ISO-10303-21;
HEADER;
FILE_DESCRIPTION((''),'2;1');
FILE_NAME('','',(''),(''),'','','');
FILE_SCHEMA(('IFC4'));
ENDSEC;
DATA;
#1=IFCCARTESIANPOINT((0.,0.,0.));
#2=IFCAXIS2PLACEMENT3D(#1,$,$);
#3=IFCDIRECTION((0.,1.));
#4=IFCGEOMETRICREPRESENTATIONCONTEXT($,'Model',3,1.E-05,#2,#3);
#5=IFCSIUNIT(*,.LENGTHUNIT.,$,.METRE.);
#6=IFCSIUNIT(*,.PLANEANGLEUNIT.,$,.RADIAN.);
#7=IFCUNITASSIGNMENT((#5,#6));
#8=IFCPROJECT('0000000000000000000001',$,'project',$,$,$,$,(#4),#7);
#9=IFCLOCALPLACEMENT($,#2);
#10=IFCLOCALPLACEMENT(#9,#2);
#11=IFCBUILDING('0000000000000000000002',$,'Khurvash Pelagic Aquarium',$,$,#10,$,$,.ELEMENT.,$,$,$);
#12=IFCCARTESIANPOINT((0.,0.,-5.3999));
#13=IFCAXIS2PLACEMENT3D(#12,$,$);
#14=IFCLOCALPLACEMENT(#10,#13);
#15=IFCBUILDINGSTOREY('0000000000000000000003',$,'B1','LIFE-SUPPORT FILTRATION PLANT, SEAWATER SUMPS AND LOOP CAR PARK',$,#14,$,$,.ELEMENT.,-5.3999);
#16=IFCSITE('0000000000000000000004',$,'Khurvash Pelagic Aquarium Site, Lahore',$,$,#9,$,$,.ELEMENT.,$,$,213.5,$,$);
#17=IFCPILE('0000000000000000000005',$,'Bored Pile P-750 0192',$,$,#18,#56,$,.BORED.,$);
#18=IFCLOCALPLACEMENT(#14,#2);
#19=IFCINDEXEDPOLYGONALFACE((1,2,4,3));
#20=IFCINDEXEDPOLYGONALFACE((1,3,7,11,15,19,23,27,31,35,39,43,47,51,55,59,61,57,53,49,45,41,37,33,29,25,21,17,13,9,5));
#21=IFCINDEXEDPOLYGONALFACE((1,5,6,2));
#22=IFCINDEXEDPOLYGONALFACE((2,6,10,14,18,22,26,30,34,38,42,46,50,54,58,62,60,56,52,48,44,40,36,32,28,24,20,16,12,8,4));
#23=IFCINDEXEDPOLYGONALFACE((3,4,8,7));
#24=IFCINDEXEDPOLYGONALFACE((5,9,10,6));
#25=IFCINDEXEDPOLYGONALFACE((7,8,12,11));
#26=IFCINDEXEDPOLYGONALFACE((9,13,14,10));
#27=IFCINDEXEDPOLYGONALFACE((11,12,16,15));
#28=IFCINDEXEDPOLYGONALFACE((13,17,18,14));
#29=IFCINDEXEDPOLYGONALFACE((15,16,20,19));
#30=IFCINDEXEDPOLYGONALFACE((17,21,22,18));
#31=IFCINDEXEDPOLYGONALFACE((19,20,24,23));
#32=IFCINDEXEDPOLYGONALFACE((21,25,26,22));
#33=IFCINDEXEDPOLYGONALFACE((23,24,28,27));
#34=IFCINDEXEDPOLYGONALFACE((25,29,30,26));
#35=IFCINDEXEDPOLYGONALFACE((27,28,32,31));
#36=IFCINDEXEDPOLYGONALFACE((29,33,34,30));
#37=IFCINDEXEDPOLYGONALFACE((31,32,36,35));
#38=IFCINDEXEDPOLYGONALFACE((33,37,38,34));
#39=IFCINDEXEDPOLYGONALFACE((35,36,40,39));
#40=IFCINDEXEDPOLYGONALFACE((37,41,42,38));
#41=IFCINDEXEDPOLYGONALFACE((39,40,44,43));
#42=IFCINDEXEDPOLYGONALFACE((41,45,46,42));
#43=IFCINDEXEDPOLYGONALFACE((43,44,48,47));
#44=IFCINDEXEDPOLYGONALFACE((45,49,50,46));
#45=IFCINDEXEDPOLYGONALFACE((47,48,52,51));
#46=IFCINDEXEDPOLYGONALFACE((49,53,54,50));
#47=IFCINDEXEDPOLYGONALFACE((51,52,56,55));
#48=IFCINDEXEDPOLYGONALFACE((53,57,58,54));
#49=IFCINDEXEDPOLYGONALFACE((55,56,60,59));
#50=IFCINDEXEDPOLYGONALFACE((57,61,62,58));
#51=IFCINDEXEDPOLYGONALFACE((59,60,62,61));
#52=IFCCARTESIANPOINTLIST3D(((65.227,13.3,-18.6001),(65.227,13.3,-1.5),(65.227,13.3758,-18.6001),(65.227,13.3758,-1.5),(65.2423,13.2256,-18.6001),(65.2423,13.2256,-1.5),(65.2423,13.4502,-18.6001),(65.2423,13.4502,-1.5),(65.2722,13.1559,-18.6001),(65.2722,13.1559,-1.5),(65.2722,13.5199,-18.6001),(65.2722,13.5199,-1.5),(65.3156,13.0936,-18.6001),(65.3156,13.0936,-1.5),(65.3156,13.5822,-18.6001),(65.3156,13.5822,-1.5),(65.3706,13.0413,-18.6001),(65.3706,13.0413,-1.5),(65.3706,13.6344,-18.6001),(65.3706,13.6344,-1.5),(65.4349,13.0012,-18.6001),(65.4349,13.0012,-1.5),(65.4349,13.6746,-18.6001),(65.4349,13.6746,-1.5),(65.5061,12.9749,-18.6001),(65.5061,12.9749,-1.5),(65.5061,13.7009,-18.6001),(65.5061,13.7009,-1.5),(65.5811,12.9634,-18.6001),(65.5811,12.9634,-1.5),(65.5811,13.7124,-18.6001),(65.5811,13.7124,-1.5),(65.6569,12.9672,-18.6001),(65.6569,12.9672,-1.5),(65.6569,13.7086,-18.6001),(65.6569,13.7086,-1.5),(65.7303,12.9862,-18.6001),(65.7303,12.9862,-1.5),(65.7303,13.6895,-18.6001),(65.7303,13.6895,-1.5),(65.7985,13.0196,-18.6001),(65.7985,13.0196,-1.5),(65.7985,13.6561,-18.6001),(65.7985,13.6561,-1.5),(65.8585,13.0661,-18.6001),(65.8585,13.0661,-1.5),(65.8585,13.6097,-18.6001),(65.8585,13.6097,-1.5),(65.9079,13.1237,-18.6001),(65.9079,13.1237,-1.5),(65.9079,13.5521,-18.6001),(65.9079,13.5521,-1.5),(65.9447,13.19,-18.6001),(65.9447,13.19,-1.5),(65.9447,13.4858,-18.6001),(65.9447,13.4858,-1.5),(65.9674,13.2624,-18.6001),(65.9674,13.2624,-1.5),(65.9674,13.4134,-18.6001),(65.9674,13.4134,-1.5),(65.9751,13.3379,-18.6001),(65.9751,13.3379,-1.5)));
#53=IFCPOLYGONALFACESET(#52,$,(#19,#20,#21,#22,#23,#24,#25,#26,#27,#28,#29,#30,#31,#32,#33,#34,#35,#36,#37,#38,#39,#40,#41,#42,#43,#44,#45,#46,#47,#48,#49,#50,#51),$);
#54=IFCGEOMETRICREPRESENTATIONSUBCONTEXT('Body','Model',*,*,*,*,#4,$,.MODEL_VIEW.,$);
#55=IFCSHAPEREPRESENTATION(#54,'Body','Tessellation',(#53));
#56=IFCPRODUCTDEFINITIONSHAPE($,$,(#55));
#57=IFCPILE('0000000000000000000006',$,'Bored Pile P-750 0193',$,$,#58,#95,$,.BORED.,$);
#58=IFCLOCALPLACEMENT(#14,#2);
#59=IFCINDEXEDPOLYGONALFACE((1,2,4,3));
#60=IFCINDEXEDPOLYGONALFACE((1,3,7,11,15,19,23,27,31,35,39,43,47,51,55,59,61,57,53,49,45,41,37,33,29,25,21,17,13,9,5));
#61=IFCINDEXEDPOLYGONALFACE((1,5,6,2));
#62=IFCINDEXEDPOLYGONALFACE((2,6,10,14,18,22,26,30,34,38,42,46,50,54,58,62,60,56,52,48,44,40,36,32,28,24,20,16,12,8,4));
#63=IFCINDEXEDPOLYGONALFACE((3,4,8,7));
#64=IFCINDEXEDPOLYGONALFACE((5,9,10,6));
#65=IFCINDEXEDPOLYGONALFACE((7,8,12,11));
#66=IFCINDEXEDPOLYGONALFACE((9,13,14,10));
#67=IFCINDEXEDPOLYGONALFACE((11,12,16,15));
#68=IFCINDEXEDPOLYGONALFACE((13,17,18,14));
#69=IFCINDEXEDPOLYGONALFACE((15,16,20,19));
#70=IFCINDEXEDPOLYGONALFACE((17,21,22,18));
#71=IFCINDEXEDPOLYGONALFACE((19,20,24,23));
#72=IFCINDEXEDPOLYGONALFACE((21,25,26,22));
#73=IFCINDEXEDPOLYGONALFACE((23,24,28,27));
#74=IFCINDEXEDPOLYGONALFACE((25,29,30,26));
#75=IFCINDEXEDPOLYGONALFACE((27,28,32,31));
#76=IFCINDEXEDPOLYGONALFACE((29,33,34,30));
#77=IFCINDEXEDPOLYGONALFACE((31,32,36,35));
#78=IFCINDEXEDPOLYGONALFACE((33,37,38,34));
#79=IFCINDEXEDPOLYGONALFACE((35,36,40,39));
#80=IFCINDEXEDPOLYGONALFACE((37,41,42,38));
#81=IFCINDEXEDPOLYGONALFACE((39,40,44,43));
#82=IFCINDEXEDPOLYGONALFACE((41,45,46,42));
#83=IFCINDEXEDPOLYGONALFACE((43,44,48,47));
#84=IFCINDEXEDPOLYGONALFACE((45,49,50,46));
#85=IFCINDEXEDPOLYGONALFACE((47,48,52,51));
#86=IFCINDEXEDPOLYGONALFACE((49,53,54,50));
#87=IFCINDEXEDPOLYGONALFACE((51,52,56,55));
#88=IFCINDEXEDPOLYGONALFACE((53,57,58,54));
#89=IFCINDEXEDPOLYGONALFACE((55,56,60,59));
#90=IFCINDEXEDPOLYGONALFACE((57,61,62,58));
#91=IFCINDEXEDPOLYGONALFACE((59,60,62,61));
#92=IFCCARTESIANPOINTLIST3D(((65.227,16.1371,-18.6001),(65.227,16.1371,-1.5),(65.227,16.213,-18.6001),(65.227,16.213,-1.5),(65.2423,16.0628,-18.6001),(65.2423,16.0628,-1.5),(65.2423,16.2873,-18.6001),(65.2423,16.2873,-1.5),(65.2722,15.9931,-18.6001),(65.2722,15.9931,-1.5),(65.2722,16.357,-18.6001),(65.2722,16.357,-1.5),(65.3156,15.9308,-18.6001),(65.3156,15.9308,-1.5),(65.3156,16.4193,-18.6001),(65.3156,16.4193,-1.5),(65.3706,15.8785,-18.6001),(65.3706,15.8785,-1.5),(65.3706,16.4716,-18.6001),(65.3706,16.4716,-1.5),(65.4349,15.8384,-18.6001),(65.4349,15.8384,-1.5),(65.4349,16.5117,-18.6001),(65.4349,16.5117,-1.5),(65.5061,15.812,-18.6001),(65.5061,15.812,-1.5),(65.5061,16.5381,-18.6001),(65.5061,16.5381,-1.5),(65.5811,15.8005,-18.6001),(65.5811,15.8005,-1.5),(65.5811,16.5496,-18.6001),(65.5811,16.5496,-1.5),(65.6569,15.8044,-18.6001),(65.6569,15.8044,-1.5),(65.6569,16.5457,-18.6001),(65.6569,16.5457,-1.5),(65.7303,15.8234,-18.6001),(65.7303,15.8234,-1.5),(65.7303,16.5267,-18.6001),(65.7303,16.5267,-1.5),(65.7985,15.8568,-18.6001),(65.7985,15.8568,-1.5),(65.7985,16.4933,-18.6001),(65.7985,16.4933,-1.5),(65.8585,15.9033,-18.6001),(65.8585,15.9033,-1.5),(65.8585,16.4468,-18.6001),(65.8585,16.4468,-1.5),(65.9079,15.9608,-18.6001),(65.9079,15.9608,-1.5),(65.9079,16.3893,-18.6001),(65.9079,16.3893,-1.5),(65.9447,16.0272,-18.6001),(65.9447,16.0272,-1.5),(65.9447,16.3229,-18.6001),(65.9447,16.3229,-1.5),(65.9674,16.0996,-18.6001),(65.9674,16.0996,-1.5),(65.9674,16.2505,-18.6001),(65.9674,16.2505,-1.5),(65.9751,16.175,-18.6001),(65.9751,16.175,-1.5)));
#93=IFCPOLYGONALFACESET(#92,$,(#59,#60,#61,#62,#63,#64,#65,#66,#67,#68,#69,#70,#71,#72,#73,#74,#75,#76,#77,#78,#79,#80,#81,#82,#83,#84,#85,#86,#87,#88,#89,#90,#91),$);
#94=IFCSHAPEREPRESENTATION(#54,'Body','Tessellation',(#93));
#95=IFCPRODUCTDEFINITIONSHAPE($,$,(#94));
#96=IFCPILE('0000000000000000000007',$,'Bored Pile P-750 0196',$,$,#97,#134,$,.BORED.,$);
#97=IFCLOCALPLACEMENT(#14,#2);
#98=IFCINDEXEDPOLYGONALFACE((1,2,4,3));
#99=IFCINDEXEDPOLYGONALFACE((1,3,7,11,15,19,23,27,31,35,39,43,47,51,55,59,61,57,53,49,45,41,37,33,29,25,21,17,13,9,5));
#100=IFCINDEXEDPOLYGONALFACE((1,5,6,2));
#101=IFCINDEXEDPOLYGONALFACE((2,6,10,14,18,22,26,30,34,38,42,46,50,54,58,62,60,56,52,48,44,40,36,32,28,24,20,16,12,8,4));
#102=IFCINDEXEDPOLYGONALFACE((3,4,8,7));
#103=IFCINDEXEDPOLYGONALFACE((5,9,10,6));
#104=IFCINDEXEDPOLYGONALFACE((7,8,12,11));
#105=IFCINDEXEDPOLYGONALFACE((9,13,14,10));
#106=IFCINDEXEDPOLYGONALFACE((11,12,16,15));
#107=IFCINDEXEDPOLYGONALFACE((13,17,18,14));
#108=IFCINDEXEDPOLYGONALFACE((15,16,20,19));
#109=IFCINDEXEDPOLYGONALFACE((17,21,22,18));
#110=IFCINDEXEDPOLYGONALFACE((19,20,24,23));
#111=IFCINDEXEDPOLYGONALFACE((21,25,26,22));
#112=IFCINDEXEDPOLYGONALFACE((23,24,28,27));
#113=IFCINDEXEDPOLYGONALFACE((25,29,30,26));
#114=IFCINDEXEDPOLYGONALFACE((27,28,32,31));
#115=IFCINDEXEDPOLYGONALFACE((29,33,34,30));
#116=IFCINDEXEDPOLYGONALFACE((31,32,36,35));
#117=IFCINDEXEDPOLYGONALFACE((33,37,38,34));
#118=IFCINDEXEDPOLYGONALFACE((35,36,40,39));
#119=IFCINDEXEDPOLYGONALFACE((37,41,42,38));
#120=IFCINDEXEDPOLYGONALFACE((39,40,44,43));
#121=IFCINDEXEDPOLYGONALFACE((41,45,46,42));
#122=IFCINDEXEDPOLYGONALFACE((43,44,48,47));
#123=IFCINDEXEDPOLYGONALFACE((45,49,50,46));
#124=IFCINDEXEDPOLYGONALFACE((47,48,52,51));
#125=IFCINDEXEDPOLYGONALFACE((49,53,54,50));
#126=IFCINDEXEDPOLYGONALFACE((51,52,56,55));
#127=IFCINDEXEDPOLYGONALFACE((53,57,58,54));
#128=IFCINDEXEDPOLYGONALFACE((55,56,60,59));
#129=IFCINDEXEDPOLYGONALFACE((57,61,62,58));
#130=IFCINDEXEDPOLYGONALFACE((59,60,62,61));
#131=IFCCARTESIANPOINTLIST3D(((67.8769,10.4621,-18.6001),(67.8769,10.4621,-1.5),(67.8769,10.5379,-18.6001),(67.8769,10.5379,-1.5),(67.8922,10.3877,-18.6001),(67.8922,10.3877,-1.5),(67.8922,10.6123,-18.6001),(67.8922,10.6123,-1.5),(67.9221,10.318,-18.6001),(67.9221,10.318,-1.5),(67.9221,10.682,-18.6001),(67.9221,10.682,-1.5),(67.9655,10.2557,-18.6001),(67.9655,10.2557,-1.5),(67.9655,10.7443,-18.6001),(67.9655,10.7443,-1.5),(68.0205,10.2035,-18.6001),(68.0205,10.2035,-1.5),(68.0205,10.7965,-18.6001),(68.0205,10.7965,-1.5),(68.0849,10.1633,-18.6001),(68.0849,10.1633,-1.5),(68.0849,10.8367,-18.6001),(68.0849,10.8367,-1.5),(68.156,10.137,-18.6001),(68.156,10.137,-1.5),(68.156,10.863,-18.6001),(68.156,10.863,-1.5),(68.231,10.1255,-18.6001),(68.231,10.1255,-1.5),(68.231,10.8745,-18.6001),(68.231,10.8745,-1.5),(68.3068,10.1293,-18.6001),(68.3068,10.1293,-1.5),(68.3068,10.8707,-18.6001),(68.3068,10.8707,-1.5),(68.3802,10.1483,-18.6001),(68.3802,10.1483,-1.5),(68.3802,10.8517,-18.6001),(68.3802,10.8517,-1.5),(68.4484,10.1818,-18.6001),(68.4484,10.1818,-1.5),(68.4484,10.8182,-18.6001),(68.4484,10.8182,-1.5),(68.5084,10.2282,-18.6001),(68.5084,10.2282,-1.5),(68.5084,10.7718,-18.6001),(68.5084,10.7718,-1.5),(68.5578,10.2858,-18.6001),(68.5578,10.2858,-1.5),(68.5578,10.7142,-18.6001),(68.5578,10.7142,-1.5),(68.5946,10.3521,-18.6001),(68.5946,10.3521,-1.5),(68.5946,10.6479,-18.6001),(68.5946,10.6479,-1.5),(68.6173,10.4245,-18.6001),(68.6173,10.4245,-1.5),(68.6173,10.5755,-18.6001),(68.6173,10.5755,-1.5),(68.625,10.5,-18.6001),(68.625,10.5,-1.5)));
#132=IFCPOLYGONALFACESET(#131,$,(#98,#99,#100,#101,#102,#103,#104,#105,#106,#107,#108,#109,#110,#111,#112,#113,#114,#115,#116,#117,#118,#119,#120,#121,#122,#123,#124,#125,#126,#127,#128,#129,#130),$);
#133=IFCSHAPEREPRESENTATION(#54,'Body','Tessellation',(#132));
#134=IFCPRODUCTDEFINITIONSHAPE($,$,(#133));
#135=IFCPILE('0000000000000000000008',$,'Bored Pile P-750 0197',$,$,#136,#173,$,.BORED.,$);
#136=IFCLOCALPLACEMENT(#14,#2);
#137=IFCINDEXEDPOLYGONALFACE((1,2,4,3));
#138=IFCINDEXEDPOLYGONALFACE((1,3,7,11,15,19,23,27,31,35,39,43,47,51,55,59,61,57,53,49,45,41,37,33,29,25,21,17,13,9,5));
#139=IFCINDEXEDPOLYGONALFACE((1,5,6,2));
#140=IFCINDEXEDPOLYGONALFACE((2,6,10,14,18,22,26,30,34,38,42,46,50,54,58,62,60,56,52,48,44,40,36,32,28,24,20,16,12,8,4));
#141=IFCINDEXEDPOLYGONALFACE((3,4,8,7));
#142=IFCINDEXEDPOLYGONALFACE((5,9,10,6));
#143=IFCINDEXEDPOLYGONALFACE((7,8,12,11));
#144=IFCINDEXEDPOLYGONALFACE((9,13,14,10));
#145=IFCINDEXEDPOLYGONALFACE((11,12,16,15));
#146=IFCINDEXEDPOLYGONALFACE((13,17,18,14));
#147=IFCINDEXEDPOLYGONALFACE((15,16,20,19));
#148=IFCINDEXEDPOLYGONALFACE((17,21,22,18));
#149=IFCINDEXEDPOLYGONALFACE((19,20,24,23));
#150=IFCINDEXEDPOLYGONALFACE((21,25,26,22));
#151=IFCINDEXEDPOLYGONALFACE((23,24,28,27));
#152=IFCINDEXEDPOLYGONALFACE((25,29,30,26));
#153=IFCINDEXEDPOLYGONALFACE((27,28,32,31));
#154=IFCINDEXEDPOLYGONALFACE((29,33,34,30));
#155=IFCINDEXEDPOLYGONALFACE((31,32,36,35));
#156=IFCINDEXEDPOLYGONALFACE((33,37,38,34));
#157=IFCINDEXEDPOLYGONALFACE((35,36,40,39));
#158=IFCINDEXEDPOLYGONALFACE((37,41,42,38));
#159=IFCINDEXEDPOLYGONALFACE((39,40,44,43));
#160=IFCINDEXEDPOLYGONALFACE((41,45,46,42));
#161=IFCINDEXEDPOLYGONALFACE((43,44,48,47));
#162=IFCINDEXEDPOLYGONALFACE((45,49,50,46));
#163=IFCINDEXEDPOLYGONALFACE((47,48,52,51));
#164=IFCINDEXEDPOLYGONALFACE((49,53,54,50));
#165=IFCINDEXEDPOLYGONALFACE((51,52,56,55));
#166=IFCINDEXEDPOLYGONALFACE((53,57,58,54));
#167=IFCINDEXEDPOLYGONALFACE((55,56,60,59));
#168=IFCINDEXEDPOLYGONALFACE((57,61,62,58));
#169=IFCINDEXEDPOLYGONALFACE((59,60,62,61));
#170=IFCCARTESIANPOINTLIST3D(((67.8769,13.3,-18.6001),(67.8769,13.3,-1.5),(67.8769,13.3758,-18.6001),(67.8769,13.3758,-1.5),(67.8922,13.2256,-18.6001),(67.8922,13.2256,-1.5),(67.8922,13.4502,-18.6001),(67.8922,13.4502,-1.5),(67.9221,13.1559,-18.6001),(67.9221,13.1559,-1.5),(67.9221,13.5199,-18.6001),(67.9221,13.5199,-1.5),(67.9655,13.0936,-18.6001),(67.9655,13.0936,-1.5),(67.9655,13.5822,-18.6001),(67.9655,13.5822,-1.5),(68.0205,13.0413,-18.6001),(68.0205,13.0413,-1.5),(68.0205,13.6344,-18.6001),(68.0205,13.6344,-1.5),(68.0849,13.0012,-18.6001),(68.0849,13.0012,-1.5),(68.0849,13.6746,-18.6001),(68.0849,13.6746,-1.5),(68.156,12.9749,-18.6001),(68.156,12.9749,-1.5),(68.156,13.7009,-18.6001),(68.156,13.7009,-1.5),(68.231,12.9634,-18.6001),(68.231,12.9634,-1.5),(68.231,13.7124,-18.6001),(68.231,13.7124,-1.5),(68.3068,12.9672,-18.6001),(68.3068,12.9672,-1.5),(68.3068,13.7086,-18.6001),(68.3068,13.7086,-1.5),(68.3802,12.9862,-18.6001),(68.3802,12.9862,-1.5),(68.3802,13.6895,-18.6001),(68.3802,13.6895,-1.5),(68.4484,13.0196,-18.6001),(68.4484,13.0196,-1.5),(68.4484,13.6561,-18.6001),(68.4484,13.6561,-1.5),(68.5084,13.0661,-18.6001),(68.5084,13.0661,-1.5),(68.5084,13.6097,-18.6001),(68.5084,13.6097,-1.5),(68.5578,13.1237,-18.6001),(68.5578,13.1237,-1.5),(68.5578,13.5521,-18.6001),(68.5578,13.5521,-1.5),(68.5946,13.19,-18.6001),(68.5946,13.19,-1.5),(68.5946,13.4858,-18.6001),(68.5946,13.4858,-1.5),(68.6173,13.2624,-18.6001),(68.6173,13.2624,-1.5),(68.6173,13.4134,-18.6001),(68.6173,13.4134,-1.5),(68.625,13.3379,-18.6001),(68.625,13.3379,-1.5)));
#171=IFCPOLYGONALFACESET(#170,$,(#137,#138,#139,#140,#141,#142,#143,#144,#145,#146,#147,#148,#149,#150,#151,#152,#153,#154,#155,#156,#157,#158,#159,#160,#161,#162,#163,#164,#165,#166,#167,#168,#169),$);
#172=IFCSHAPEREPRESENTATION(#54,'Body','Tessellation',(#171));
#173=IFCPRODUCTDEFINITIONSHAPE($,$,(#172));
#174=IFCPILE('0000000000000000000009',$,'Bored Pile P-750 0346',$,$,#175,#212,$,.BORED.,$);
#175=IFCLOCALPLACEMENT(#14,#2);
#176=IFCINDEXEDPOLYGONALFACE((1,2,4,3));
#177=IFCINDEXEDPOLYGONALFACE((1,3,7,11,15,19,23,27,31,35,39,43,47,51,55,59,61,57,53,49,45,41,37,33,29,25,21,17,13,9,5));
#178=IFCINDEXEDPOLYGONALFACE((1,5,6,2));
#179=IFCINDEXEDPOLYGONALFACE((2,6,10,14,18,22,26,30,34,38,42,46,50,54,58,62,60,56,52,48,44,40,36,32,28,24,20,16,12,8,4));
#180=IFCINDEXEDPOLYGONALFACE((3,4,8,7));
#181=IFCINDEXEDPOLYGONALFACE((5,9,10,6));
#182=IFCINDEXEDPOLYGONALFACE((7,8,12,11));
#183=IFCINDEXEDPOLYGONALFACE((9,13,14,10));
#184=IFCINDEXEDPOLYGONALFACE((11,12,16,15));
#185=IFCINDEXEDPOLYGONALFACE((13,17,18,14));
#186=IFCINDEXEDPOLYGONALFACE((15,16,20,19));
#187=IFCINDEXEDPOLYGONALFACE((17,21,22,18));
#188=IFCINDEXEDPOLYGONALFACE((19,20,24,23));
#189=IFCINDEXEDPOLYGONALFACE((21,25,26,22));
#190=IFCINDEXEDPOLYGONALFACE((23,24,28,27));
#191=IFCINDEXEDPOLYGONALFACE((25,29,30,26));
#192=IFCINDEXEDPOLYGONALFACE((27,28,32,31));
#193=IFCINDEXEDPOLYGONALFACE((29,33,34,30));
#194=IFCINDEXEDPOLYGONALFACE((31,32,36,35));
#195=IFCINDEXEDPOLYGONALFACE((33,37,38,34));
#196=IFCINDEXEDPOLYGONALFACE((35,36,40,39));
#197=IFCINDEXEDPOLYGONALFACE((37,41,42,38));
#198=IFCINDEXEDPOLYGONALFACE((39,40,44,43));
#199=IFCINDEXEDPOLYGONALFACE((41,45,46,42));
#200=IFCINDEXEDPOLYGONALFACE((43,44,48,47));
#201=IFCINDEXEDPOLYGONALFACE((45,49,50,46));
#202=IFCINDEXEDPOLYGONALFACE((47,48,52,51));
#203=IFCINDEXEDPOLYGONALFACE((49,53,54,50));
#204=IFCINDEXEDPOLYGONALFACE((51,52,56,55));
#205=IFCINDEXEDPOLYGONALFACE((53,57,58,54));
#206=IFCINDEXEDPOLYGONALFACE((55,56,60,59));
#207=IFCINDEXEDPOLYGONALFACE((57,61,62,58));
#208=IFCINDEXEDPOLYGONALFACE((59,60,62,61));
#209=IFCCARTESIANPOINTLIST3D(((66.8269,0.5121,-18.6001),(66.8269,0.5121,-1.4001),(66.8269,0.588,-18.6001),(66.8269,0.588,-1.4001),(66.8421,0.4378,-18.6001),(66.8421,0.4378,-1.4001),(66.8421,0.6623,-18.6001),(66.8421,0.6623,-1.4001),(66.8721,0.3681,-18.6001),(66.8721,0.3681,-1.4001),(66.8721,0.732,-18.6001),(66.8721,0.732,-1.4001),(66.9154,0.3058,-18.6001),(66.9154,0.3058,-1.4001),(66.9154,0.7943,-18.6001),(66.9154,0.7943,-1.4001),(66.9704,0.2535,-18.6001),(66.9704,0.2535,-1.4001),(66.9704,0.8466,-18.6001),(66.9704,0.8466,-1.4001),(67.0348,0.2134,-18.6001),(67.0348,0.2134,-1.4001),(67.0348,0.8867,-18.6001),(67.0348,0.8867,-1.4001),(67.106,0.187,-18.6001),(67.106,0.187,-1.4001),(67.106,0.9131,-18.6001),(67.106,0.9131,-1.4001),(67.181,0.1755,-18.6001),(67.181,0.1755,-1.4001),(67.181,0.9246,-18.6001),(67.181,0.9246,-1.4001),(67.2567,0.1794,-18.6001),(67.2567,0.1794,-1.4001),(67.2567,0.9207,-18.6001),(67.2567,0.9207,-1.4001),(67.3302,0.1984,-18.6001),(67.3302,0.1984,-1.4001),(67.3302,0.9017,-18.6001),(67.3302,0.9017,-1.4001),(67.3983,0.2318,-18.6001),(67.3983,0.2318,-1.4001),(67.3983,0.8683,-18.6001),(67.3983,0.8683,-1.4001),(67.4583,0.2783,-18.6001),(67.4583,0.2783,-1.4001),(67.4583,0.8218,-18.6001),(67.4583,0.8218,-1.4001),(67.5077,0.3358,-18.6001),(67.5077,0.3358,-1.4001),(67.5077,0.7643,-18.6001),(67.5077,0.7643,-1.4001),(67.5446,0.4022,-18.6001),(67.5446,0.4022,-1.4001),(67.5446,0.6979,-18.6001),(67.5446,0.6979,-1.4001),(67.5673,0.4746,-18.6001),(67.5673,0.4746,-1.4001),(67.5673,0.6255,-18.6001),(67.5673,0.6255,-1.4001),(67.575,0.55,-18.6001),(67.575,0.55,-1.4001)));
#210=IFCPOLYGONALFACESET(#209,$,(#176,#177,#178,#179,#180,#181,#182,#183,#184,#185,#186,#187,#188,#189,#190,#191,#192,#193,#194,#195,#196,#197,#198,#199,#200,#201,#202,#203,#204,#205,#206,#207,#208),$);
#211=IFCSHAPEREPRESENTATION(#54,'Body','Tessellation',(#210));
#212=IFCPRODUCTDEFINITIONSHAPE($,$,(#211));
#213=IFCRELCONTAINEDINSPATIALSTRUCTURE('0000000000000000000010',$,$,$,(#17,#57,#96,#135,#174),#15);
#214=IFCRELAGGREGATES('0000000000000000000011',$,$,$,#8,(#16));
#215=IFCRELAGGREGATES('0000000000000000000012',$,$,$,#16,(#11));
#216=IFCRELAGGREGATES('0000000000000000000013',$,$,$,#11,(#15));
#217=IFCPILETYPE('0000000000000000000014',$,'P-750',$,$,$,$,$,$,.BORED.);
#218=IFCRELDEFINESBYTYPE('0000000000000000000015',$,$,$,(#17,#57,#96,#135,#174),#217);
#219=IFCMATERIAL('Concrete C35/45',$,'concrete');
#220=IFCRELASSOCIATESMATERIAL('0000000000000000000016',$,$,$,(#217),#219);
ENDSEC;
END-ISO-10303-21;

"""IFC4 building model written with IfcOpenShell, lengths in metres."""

from ifc_helpers import new_model, si_unit, direction, frame, origin, origin_2d, place, context, subcontext, project, spatial, circle, extrude, material, material_profile, profile_set, type_object, element, save


model = new_model("IFC4")

# Units and contexts
model_context = context("Model", 3, precision=1e-05, world=origin(), true_north=direction((0.0, 1.0)))
body_context = subcontext(model_context, "Body", "Model", "MODEL_VIEW")
ifc_project = project(units=[si_unit("LENGTHUNIT", "METRE"), si_unit("PLANEANGLEUNIT", "RADIAN")], contexts=[model_context])

# Site, building, storey
site_placement = place(None, origin())
site = spatial("IfcSite", under=ifc_project, at=site_placement, Name="Khurvash Pelagic Aquarium Site, Lahore", CompositionType="ELEMENT", RefElevation=213.5)
building_placement = place(site_placement, origin())
building = spatial("IfcBuilding", under=site, at=building_placement, Name="Khurvash Pelagic Aquarium", CompositionType="ELEMENT")
storey_placement = place(building_placement, frame((0.0, 0.0, -5.3999)))
storey = spatial("IfcBuildingStorey", under=building, at=storey_placement, Name="B1", Description="LIFE-SUPPORT FILTRATION PLANT, SEAWATER SUMPS AND LOOP CAR PARK", CompositionType="ELEMENT", Elevation=-5.3999)

# Shared definitions
ifc_material_1 = material(Name="Concrete C35/45", Category="concrete")

# Piles
ifc_material_profile_1 = material_profile(ifc_material_1, circle(Radius=0.375, at=origin_2d()), Name="PILE750")
ifc_profile_set_1 = profile_set([ifc_material_profile_1], Name="Concrete C35/45")
pile_type = type_object("IfcPileType", Name="P-750", PredefinedType="BORED", material=ifc_profile_set_1)
for number, where, z_axis, x_axis, name in (
    (1, (65.6001, 13.3379, -1.5), (0.0, 0.0, -1.0), (1.0, 0.0, 0.0), "Bored Pile P-750 0192"),
    (2, (65.6001, 16.175, -1.5), (0.0, 0.0, -1.0), (1.0, 0.0, 0.0), "Bored Pile P-750 0193"),
    (3, (68.25, 10.5, -1.5), (0.0, 0.0, -1.0), (1.0, 0.0, 0.0), "Bored Pile P-750 0196"),
    (4, (68.25, 13.3379, -1.5), (0.0, 0.0, -1.0), (1.0, 0.0, 0.0), "Bored Pile P-750 0197"),
):
    element("IfcPile", number, at=place(storey_placement, frame(where, z_axis=z_axis, x_axis=x_axis)), inside=storey, type_object=pile_type, Name=name, PredefinedType="BORED", context=body_context, shape_type="SweptSolid", body=[
        extrude(circle(Radius=0.375, at=origin_2d()), origin(), (0.0, 0.0, 1.0), 17.1001),
    ])
for number, where, z_axis, x_axis, name in (
    (5, (67.2, 0.55, -1.4001), (0.0, 0.0, -1.0), (1.0, 0.0, 0.0), "Bored Pile P-750 0346"),
):
    element("IfcPile", number, at=place(storey_placement, frame(where, z_axis=z_axis, x_axis=x_axis)), inside=storey, type_object=pile_type, Name=name, PredefinedType="BORED", context=body_context, shape_type="SweptSolid", body=[
        extrude(circle(Radius=0.375, at=origin_2d()), origin(), (0.0, 0.0, 1.0), 17.2),
    ])

save(model, "model.ifc")
